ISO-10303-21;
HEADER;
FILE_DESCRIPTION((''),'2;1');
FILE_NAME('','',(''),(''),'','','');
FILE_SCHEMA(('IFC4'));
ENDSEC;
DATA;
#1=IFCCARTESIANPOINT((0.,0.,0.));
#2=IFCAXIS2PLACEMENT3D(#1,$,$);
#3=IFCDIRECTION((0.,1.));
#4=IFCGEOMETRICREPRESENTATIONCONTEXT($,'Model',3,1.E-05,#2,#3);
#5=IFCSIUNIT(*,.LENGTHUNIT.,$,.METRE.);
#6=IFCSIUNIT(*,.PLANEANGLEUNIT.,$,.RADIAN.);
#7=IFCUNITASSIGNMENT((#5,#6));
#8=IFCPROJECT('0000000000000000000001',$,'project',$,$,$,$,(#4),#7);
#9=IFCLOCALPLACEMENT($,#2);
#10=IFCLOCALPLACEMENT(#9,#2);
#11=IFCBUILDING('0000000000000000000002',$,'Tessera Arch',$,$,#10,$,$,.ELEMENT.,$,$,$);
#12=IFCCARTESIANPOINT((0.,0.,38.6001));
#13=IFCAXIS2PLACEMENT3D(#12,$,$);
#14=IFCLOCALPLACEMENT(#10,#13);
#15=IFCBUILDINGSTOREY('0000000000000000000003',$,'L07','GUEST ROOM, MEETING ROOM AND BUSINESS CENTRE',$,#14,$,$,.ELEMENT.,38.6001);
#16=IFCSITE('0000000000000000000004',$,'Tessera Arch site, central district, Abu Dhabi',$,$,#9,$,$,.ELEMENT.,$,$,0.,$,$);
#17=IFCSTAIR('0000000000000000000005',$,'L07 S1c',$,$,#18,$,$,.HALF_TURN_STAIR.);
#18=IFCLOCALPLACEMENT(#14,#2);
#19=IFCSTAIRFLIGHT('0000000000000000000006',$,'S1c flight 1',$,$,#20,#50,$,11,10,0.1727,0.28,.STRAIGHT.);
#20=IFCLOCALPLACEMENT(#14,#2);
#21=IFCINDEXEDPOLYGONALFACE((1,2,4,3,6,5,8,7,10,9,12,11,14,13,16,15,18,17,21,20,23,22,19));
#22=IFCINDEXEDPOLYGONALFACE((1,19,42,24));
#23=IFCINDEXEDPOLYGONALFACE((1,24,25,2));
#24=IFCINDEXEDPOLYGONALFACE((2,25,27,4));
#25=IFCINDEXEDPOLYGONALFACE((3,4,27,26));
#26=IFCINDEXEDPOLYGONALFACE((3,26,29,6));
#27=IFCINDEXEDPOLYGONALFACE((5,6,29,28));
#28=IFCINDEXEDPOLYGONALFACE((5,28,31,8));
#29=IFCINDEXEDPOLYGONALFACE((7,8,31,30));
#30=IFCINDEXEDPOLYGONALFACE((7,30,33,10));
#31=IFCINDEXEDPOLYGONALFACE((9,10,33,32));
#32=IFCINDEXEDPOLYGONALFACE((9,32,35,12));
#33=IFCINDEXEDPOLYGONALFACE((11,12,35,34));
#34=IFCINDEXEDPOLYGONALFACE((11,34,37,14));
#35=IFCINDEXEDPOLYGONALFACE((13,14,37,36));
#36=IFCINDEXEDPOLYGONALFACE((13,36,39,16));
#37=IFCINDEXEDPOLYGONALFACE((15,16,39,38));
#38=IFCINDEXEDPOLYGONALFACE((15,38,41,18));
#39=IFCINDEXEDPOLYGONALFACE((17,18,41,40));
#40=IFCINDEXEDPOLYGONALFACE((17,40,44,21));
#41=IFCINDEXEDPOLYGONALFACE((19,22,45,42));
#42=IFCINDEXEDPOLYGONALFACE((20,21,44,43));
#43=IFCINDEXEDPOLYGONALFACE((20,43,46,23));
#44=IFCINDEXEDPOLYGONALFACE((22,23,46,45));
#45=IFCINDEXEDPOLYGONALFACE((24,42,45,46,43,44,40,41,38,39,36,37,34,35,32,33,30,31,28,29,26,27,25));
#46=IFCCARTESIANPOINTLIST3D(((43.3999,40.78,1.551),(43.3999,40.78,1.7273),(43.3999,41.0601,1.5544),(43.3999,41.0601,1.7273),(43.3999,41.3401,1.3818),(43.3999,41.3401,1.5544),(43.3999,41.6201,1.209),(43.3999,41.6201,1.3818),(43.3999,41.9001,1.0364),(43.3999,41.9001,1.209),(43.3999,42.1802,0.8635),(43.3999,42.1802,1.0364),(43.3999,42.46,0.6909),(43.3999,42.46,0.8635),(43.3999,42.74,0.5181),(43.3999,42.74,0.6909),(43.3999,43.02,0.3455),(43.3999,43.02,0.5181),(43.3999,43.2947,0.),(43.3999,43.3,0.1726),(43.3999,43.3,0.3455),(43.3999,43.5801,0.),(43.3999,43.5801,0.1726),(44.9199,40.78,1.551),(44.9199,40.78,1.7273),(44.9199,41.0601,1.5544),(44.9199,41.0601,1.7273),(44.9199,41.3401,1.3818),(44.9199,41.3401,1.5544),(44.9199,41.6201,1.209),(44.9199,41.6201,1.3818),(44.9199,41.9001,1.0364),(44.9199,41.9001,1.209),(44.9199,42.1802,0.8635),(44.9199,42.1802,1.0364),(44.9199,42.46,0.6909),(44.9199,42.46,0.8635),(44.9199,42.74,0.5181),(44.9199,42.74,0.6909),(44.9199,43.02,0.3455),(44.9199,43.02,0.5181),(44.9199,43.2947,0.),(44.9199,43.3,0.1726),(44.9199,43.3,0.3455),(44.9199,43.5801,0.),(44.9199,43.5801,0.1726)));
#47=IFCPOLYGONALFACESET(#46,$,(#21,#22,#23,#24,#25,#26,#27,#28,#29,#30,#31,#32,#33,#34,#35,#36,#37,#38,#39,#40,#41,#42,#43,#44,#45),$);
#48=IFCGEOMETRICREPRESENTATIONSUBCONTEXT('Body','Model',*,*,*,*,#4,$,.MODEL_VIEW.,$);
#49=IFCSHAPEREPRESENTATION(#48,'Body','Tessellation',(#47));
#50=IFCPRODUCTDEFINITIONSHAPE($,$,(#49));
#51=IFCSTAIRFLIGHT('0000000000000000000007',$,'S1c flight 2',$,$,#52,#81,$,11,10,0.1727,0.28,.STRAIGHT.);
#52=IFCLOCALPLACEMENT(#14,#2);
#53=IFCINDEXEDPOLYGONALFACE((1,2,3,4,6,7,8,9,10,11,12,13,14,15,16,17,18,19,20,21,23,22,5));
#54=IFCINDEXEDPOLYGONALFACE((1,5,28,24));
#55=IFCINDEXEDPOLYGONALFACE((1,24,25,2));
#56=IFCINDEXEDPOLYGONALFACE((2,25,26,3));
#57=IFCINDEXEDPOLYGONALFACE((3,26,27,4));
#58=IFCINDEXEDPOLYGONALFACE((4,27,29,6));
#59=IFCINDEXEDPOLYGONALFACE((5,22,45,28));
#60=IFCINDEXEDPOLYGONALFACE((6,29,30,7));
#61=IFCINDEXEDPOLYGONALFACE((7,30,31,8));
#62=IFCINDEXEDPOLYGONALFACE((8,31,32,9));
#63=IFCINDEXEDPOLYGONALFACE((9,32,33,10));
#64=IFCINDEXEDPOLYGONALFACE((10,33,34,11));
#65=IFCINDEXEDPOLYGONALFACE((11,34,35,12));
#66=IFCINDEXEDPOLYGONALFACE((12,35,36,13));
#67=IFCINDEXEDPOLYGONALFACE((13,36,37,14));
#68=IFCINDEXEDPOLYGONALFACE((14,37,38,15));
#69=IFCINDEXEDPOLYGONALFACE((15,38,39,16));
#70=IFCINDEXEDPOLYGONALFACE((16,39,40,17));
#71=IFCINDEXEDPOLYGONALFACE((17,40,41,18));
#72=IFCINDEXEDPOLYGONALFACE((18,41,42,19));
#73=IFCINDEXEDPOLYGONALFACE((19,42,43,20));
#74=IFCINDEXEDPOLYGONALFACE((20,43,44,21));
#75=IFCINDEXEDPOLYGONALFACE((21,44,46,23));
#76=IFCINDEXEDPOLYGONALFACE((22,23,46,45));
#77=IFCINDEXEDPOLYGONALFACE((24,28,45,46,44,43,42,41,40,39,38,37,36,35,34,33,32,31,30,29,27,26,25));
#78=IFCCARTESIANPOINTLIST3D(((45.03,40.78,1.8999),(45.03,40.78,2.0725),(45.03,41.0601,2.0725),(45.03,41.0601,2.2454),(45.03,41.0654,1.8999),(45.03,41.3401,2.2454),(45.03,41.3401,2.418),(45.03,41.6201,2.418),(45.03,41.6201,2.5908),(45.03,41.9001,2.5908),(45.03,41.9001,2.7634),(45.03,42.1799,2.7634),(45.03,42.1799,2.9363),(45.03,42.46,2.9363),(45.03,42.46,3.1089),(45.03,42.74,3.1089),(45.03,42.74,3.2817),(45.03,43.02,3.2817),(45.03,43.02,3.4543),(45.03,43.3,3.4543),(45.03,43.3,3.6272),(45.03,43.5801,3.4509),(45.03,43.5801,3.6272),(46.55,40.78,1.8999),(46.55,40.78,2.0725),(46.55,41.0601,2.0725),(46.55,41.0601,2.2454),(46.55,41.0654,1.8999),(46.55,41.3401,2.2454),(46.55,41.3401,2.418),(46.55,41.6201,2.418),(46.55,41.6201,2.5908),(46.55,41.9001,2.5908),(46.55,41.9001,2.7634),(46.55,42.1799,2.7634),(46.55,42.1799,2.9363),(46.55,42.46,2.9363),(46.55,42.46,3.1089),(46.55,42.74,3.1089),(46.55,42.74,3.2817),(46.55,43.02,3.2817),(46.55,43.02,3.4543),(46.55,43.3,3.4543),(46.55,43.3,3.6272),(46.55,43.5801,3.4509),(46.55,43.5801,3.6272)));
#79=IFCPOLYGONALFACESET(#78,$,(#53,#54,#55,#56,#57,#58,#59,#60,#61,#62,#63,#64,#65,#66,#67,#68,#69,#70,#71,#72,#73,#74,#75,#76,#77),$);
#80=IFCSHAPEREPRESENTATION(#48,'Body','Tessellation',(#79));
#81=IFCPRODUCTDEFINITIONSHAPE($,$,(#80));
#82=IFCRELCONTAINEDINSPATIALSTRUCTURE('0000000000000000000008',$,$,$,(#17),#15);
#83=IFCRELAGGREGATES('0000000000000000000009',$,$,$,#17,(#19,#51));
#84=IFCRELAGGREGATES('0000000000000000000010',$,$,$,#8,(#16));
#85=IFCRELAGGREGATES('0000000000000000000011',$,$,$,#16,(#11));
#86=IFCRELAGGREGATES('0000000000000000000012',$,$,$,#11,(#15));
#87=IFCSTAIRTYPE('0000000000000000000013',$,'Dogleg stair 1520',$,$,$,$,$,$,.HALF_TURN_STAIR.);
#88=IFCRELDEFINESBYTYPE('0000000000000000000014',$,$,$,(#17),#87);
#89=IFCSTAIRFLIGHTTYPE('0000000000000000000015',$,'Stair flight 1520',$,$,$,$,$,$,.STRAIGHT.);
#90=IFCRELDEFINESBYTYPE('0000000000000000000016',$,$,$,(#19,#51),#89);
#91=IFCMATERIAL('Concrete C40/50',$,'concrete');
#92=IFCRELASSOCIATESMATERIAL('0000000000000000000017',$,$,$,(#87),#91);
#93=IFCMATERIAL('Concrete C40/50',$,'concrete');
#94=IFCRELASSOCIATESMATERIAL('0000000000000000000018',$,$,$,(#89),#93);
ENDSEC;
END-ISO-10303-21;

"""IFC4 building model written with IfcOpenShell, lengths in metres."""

from ifc_helpers import new_model, si_unit, direction, frame, origin, place, context, subcontext, project, spatial, polyline, outline, extrude, material, type_object, element, aggregate, save


model = new_model("IFC4")

# Units and contexts
model_context = context("Model", 3, precision=1e-05, world=origin(), true_north=direction((0.0, 1.0)))
body_context = subcontext(model_context, "Body", "Model", "MODEL_VIEW")
ifc_project = project(units=[si_unit("LENGTHUNIT", "METRE"), si_unit("PLANEANGLEUNIT", "RADIAN")], contexts=[model_context])

# Site, building, storey
site_placement = place(None, origin())
site = spatial("IfcSite", under=ifc_project, at=site_placement, Name="Tessera Arch site, central district, Abu Dhabi", CompositionType="ELEMENT", RefElevation=0.0)
building_placement = place(site_placement, origin())
building = spatial("IfcBuilding", under=site, at=building_placement, Name="Tessera Arch", CompositionType="ELEMENT")
storey_placement = place(building_placement, frame((0.0, 0.0, 38.6001)))
storey = spatial("IfcBuildingStorey", under=building, at=storey_placement, Name="L07", Description="GUEST ROOM, MEETING ROOM AND BUSINESS CENTRE", CompositionType="ELEMENT", Elevation=38.6001)

# Shared definitions
ifc_material_1 = material(Name="Concrete C40/50", Category="concrete")
stair_type = type_object("IfcStairType", Name="Dogleg stair 1520", PredefinedType="HALF_TURN_STAIR", material=ifc_material_1)
ifc_material_2 = material(Name="Concrete C40/50", Category="concrete")
stair_flight_type = type_object("IfcStairFlightType", Name="Stair flight 1520", PredefinedType="STRAIGHT", material=ifc_material_2)

# Stair, stair flights
stair_1_placement = place(storey_placement, origin())
stair_1 = element("IfcStair", 1, at=stair_1_placement, inside=storey, type_object=stair_type, Name="L07 S1c", PredefinedType="HALF_TURN_STAIR")
stair_flight_1_placement = place(storey_placement, frame((44.1599, 43.5801, 0.0), z_axis=(0.0, 0.0, 1.0), x_axis=(0.0, -1.0, 0.0)))
stair_flight_1 = element("IfcStairFlight", 2, at=stair_flight_1_placement, type_object=stair_flight_type, Name="S1c flight 1", NumberOfRisers=11, NumberOfTreads=10, PredefinedType="STRAIGHT", RiserHeight=0.1727, TreadLength=0.28, context=body_context, shape_type="SweptSolid", body=[
    extrude(outline(polyline([(0.0, 0.0), (0.0, 0.1726), (0.28, 0.1726), (0.28, 0.3455), (0.5601, 0.3455), (0.5601, 0.5181), (0.8401, 0.5181), (0.8401, 0.6909), (1.1201, 0.6909), (1.1201, 0.8635), (1.3999, 0.8635), (1.3999, 1.0364), (1.6799, 1.0364), (1.6799, 1.209), (1.96, 1.209), (1.96, 1.3818), (2.24, 1.3818), (2.24, 1.5544), (2.52, 1.5544), (2.52, 1.7273), (2.8, 1.7273), (2.8, 1.8999), (2.8, 1.551), (0.2854, 0.0), (0.0, 0.0)])), frame((0.0, 0.76, 0.0), z_axis=(0.0, -1.0, 0.0), x_axis=(1.0, 0.0, 0.0)), (0.0, 0.0, 1.0), 1.52),
])
stair_flight_2_placement = place(storey_placement, frame((45.79, 40.78, 1.8999), z_axis=(0.0, 0.0, 1.0), x_axis=(0.0, 1.0, 0.0)))
stair_flight_2 = element("IfcStairFlight", 3, at=stair_flight_2_placement, type_object=stair_flight_type, Name="S1c flight 2", NumberOfRisers=11, NumberOfTreads=10, PredefinedType="STRAIGHT", RiserHeight=0.1727, TreadLength=0.28, context=body_context, shape_type="SweptSolid", body=[
    extrude(outline(polyline([(0.0, 0.0), (0.0, 0.1726), (0.28, 0.1726), (0.28, 0.3455), (0.5601, 0.3455), (0.5601, 0.5181), (0.8401, 0.5181), (0.8401, 0.6909), (1.1201, 0.6909), (1.1201, 0.8635), (1.3999, 0.8635), (1.3999, 1.0364), (1.6799, 1.0364), (1.6799, 1.209), (1.96, 1.209), (1.96, 1.3818), (2.24, 1.3818), (2.24, 1.5544), (2.52, 1.5544), (2.52, 1.7273), (2.8, 1.7273), (2.8, 1.8999), (2.8, 1.551), (0.2854, 0.0), (0.0, 0.0)])), frame((0.0, 0.76, 0.0), z_axis=(0.0, -1.0, 0.0), x_axis=(1.0, 0.0, 0.0)), (0.0, 0.0, 1.0), 1.52),
])
aggregate(stair_1, [stair_flight_1, stair_flight_2])

save(model, "model.ifc")
